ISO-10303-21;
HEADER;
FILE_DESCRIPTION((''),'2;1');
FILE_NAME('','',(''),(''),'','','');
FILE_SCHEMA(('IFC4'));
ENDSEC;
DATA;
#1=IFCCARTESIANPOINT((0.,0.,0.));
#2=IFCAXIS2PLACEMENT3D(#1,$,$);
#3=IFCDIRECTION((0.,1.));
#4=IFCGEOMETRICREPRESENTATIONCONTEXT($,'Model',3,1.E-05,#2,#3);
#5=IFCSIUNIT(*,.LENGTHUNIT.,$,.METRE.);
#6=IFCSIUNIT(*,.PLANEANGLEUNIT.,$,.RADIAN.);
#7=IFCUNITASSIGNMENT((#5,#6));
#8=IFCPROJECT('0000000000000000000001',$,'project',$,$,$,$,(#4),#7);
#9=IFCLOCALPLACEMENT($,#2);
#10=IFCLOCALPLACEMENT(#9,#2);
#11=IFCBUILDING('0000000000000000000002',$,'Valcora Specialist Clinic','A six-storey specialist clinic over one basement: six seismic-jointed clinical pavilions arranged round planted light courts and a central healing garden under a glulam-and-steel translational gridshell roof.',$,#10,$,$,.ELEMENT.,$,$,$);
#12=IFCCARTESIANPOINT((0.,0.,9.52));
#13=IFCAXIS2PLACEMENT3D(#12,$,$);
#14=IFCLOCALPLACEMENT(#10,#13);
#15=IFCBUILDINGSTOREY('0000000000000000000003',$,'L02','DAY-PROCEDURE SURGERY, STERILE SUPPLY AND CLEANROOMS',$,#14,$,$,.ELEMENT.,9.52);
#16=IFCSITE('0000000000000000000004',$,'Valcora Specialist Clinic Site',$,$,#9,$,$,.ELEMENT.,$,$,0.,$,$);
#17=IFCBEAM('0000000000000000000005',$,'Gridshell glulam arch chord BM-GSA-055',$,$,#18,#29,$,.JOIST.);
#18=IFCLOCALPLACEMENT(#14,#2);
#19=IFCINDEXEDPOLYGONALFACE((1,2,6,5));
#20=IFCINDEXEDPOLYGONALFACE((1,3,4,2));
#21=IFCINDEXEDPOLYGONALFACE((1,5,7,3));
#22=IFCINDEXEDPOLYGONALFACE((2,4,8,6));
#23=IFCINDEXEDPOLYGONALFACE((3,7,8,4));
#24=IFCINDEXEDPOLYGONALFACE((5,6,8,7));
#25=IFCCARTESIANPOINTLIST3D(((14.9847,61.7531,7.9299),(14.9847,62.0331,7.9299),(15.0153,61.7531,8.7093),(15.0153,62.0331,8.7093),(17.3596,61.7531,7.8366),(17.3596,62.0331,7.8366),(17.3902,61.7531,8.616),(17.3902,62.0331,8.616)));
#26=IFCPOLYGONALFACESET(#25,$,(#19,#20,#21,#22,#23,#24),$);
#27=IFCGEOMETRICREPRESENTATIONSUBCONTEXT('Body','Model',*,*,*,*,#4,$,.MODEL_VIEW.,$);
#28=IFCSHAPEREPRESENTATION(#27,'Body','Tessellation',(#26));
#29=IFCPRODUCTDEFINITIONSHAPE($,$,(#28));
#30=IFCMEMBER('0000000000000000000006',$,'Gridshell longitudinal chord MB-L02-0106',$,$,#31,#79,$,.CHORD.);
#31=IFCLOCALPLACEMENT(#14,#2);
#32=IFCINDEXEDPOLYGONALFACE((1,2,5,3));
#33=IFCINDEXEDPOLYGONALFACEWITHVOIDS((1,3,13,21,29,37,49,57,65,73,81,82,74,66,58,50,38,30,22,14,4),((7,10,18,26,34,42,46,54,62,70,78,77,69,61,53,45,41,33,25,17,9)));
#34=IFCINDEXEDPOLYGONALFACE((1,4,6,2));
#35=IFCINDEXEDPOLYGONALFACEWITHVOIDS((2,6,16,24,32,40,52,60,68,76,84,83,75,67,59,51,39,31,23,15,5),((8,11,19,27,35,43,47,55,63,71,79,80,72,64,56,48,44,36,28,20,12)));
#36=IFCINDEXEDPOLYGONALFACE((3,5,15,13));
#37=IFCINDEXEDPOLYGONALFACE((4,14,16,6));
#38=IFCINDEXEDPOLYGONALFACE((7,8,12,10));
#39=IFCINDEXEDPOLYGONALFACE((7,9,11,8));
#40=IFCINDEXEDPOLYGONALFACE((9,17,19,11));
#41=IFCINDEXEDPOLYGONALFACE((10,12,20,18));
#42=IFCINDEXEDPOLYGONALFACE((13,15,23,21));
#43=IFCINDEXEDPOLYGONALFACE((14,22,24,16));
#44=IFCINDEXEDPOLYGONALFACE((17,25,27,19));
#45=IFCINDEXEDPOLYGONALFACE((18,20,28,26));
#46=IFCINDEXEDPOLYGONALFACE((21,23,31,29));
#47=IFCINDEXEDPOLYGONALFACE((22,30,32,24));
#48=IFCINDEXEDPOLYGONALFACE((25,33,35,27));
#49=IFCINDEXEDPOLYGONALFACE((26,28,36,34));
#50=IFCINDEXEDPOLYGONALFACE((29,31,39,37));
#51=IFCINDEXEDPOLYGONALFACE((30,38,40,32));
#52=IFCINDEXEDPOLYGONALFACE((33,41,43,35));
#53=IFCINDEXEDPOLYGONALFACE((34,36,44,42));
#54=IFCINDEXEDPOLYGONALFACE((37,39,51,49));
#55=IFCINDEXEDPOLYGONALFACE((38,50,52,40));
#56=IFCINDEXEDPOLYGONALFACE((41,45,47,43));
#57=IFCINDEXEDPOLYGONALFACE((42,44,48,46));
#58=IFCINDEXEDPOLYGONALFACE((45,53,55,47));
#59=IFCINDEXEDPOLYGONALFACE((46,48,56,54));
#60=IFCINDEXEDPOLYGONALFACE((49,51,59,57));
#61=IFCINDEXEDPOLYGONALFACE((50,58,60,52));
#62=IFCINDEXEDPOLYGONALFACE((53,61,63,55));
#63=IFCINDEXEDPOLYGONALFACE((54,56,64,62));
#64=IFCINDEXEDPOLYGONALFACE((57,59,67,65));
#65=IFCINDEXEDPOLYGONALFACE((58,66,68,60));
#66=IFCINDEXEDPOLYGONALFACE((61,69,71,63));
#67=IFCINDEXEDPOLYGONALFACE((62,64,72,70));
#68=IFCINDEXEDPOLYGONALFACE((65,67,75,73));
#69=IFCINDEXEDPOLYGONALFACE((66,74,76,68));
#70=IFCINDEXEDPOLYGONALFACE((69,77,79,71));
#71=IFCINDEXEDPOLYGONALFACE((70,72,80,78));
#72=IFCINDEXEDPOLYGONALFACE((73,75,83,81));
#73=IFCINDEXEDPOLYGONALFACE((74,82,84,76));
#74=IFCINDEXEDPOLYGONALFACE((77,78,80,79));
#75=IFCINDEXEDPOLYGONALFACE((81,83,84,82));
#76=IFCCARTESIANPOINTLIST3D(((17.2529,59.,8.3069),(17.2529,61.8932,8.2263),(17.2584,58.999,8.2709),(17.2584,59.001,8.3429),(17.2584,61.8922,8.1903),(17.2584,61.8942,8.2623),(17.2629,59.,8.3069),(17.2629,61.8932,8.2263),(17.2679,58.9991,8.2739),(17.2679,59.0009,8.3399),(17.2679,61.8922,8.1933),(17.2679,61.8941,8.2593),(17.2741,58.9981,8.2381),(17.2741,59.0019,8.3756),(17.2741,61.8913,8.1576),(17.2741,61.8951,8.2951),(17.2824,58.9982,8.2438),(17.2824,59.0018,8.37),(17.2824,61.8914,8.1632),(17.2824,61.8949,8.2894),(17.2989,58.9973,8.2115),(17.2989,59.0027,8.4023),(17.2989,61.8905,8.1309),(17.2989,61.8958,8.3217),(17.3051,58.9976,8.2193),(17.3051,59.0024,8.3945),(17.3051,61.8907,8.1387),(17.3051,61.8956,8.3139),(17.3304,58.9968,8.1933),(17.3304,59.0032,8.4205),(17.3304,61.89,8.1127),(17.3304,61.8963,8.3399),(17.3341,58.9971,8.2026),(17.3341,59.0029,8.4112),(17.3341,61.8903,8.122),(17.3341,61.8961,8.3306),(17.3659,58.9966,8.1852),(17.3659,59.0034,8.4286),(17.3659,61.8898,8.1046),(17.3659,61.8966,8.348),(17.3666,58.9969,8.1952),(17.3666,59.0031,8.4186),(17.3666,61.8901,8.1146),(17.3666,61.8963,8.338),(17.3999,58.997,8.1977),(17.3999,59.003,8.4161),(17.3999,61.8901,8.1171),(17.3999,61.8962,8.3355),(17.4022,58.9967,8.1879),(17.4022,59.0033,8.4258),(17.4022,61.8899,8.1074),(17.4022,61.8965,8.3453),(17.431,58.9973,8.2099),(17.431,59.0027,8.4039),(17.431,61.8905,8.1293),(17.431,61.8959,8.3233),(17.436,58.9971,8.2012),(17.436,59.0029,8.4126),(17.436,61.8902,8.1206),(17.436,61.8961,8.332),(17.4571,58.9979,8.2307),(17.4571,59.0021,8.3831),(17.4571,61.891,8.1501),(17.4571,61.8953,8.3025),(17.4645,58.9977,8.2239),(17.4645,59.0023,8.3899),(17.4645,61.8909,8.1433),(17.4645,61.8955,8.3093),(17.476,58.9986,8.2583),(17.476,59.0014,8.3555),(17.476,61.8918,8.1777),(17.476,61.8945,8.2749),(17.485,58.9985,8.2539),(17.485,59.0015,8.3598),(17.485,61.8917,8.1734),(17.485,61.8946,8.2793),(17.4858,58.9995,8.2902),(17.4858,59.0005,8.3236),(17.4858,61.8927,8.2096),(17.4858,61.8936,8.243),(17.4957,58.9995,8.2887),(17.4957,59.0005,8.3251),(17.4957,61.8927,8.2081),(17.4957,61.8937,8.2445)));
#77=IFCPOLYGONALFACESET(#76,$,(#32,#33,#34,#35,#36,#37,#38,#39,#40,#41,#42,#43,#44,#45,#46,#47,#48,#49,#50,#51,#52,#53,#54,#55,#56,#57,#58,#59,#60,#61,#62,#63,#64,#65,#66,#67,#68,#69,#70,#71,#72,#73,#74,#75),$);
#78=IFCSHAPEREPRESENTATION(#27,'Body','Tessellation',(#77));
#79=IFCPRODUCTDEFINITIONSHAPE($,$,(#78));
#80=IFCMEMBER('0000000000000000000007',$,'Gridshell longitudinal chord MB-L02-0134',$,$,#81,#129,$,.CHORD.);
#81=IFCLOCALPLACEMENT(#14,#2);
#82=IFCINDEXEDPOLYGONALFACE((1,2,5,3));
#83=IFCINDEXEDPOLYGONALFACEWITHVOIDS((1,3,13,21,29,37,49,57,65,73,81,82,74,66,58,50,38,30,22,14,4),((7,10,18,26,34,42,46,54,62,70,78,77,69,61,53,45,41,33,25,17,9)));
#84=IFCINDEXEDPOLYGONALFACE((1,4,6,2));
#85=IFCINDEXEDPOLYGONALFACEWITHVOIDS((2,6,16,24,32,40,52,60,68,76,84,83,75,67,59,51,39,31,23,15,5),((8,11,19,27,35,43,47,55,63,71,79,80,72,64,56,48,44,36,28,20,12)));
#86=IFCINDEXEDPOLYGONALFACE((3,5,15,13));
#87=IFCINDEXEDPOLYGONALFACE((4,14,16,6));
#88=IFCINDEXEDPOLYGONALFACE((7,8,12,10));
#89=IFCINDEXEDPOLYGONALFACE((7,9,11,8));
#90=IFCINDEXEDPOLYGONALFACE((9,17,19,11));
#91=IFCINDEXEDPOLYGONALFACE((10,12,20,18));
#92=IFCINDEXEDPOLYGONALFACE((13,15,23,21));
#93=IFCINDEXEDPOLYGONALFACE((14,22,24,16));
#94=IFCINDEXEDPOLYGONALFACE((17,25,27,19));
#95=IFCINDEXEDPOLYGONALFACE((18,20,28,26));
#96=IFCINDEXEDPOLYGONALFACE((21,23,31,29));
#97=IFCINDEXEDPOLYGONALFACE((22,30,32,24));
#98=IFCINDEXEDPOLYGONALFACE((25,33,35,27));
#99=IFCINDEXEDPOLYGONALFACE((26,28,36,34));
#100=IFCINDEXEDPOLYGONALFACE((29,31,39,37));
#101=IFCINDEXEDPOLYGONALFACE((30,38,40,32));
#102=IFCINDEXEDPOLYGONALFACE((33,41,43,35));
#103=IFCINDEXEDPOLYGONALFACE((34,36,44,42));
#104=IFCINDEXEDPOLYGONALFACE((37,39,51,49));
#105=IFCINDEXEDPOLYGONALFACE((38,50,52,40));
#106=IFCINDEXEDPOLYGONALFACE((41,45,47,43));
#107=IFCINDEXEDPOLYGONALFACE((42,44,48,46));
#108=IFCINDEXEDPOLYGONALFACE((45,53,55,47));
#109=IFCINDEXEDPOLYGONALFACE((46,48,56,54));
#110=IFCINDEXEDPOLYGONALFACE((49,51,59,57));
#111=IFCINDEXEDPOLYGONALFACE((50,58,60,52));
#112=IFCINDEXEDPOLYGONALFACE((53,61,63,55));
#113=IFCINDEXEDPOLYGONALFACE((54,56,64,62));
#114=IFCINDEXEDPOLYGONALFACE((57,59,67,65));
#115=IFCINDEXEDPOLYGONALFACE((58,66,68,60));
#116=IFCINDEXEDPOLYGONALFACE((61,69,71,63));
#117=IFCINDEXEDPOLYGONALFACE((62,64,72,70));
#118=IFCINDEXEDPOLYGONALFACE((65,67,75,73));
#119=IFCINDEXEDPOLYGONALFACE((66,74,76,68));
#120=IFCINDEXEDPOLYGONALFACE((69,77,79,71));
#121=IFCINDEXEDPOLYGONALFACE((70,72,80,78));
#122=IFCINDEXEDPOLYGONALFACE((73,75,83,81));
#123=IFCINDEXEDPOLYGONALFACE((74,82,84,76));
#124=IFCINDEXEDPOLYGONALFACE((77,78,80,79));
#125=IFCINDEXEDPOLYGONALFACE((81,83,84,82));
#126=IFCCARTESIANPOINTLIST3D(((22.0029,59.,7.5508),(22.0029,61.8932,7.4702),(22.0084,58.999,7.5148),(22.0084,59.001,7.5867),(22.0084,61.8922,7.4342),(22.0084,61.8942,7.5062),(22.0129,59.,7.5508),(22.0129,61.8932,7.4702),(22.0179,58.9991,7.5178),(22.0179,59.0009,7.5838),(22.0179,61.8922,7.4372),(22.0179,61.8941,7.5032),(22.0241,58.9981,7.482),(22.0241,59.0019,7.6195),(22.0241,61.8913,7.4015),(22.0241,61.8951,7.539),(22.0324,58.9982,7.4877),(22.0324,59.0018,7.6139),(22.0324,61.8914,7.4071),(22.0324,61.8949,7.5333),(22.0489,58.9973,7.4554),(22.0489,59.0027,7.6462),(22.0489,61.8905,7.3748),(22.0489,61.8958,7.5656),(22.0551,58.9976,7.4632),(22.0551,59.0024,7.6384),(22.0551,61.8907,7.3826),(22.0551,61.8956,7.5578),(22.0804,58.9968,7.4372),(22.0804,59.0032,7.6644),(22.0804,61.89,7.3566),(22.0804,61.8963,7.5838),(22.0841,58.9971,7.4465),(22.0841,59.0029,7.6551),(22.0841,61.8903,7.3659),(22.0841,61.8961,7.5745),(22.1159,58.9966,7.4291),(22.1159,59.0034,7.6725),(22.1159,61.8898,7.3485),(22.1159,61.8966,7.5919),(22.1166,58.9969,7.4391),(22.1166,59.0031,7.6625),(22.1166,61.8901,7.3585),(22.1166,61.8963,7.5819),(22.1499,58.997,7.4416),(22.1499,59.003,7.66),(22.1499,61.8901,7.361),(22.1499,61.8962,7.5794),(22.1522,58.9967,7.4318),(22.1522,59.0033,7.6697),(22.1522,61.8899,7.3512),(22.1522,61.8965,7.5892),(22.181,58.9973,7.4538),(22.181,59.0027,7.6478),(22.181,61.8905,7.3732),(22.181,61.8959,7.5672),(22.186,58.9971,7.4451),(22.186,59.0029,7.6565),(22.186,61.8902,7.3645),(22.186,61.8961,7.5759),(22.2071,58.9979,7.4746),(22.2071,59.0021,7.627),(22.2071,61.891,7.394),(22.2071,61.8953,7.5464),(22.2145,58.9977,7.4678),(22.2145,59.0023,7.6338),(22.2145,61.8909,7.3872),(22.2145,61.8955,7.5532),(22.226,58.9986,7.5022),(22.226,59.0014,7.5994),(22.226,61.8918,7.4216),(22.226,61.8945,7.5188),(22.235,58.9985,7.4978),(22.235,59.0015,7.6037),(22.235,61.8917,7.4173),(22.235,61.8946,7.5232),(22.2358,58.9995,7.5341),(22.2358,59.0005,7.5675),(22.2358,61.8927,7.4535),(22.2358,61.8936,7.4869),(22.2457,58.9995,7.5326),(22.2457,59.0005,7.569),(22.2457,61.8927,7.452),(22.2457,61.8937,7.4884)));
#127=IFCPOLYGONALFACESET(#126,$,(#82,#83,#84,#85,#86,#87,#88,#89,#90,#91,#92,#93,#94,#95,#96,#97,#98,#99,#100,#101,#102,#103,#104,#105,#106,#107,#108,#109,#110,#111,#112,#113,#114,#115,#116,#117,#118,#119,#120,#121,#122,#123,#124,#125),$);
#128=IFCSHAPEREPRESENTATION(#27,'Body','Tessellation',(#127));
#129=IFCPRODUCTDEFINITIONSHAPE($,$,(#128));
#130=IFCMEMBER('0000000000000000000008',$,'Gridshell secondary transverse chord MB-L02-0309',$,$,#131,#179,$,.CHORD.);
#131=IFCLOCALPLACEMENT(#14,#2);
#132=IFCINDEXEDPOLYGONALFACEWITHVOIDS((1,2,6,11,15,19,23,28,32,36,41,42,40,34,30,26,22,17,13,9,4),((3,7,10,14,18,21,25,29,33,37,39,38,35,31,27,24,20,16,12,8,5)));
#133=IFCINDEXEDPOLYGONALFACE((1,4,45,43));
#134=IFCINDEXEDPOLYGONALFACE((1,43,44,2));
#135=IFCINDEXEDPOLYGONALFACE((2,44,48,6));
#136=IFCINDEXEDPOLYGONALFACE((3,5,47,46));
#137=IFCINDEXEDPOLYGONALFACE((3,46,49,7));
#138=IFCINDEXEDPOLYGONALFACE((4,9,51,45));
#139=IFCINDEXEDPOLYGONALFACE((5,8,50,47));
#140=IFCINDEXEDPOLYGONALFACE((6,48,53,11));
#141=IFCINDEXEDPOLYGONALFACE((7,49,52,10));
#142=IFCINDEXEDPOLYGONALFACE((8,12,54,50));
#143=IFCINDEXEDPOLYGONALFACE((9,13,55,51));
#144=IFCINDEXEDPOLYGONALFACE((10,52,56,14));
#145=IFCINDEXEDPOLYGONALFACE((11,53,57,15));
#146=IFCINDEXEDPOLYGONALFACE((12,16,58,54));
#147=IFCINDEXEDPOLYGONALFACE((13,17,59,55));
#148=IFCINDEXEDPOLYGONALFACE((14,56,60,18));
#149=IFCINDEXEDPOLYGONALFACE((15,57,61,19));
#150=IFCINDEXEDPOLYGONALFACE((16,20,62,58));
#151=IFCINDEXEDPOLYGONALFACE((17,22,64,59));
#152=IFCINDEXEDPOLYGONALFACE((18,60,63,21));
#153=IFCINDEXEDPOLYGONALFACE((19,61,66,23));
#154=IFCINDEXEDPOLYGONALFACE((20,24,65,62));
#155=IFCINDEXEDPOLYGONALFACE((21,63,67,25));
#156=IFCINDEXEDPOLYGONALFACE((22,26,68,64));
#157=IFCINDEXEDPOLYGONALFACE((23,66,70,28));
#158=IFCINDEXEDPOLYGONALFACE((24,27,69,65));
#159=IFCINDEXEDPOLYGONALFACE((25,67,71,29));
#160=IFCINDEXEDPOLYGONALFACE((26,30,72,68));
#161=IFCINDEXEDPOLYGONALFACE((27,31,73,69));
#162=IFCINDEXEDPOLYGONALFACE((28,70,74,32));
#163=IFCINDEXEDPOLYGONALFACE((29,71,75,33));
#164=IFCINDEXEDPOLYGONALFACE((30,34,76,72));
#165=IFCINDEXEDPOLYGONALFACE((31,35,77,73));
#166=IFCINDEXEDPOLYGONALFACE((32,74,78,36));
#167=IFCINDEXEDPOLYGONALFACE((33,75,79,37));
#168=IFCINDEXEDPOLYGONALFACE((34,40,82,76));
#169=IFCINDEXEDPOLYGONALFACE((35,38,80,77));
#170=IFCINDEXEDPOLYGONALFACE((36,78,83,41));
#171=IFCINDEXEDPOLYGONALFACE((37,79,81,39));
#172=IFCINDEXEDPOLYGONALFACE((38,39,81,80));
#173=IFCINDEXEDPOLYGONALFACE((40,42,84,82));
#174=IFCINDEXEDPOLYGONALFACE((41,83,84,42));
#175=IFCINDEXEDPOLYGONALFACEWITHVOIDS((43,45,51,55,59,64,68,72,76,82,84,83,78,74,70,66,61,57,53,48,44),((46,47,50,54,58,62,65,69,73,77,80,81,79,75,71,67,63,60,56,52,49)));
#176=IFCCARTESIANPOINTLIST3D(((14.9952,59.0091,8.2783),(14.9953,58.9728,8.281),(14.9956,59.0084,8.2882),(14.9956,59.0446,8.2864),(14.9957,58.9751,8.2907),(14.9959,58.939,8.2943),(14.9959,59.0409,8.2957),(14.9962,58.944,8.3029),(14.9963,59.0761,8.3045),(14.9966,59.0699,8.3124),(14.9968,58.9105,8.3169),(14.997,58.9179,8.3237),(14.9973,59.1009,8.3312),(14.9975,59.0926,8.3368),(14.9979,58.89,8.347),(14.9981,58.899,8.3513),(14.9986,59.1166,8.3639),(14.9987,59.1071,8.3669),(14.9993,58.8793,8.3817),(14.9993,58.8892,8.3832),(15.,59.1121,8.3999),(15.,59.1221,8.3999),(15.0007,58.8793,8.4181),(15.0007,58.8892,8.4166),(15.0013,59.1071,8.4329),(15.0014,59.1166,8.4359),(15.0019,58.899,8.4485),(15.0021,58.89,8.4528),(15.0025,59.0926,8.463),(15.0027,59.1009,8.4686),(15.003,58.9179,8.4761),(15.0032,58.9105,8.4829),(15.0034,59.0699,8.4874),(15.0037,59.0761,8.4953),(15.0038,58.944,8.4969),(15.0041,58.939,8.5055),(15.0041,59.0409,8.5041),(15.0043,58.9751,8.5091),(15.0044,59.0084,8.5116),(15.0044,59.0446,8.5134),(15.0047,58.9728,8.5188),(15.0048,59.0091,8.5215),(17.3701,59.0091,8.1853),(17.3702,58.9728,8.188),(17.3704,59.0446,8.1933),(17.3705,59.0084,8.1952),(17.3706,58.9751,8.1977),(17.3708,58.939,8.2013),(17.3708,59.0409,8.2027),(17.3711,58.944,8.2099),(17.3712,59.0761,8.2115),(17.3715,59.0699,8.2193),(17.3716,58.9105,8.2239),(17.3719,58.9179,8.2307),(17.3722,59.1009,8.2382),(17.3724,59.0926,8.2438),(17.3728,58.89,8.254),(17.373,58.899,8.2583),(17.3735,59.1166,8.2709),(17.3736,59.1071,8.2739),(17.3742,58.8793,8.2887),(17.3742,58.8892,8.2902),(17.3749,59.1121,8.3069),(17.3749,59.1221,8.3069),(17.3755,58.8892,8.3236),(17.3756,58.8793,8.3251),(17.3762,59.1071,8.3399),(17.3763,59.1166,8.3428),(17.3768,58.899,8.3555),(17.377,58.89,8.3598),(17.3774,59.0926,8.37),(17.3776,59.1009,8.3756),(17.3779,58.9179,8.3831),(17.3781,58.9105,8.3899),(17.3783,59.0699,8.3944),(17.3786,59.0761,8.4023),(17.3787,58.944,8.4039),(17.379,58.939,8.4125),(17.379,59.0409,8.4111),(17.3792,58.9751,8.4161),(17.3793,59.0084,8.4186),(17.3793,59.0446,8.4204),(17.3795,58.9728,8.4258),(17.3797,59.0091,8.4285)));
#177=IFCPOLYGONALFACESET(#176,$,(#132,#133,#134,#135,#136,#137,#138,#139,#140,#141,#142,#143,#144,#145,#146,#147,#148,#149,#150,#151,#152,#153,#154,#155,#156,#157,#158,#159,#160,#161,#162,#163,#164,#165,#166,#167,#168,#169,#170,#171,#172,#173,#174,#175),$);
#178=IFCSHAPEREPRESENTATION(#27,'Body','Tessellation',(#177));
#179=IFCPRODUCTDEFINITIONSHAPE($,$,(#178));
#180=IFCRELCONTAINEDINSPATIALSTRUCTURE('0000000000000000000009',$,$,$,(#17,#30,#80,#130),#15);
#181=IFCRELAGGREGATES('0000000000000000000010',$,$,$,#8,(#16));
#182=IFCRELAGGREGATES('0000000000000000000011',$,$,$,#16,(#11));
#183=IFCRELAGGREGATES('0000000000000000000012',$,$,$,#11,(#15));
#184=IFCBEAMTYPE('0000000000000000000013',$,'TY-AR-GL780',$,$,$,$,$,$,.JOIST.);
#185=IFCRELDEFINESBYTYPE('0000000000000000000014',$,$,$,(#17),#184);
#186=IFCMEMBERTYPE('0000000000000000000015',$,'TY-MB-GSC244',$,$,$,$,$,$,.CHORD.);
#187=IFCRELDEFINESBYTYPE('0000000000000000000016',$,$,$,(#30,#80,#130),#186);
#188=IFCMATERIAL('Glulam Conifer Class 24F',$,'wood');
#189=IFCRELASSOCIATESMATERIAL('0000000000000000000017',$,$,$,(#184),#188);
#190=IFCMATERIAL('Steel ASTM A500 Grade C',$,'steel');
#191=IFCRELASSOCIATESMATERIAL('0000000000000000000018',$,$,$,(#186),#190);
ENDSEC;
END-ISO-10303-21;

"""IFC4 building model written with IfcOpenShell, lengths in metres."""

from ifc_helpers import new_model, si_unit, direction, frame, origin, origin_2d, place, context, subcontext, project, spatial, rectangle, hollow_circle, extrude, material, material_profile, profile_set, type_object, element, save


model = new_model("IFC4")

# Units and contexts
model_context = context("Model", 3, precision=1e-05, world=origin(), true_north=direction((0.0, 1.0)))
body_context = subcontext(model_context, "Body", "Model", "MODEL_VIEW")
ifc_project = project(units=[si_unit("LENGTHUNIT", "METRE"), si_unit("PLANEANGLEUNIT", "RADIAN")], contexts=[model_context])

# Site, building, storey
site_placement = place(None, origin())
site = spatial("IfcSite", under=ifc_project, at=site_placement, Name="Valcora Specialist Clinic Site", CompositionType="ELEMENT", RefElevation=0.0)
building_placement = place(site_placement, origin())
building = spatial("IfcBuilding", under=site, at=building_placement, Name="Valcora Specialist Clinic", Description="A six-storey specialist clinic over one basement: six seismic-jointed clinical pavilions arranged round planted light courts and a central healing garden under a glulam-and-steel translational gridshell roof.", CompositionType="ELEMENT")
storey_placement = place(building_placement, frame((0.0, 0.0, 9.52)))
storey = spatial("IfcBuildingStorey", under=building, at=storey_placement, Name="L02", Description="DAY-PROCEDURE SURGERY, STERILE SUPPLY AND CLEANROOMS", CompositionType="ELEMENT", Elevation=9.52)

# Beam
ifc_material_1 = material(Name="Glulam Conifer Class 24F", Category="wood")
ifc_material_profile_1 = material_profile(ifc_material_1, rectangle(XDim=0.28, YDim=0.78, at=origin_2d()), Name="GL-ARC-280X780")
ifc_profile_set_1 = profile_set([ifc_material_profile_1], Name="Glulam Conifer Class 24F")
beam_type = type_object("IfcBeamType", Name="TY-AR-GL780", PredefinedType="JOIST", material=ifc_profile_set_1)
beam_placement = place(storey_placement, frame((15.0, 61.8931, 8.3196), z_axis=(0.99923, 0.0, -0.039238), x_axis=(0.0, 1.0, 0.0)))
element("IfcBeam", 1, at=beam_placement, inside=storey, type_object=beam_type, Name="Gridshell glulam arch chord BM-GSA-055", PredefinedType="JOIST", context=body_context, shape_type="SweptSolid", body=[
    extrude(rectangle(XDim=0.28, YDim=0.78, at=origin_2d()), origin(), (0.0, 0.0, 1.0), 2.3767),
])

# Members
ifc_material_2 = material(Name="Steel ASTM A500 Grade C", Category="steel")
ifc_material_profile_2 = material_profile(ifc_material_2, hollow_circle(Radius=0.1221, WallThickness=0.01, at=origin_2d()), Name="ST-CHS-244X10")
ifc_profile_set_2 = profile_set([ifc_material_profile_2], Name="Steel ASTM A500 Grade C")
member_type_1 = type_object("IfcMemberType", Name="TY-MB-GSC244", PredefinedType="CHORD", material=ifc_profile_set_2)
for number, where, z_axis, x_axis, name in (
    (2, (17.375, 59.0, 8.3069), (0.0, 0.999612, -0.027837), (-1.0, 0.0, 0.0), "Gridshell longitudinal chord MB-L02-0106"),
    (3, (22.125, 59.0, 7.5508), (0.0, 0.999612, -0.027837), (-1.0, 0.0, 0.0), "Gridshell longitudinal chord MB-L02-0134"),
):
    element("IfcMember", number, at=place(storey_placement, frame(where, z_axis=z_axis, x_axis=x_axis)), inside=storey, type_object=member_type_1, Name=name, PredefinedType="CHORD", context=body_context, shape_type="SweptSolid", body=[
        extrude(hollow_circle(Radius=0.1221, WallThickness=0.01, at=origin_2d()), origin(), (0.0, 0.0, 1.0), 2.8943),
    ])
member_1_placement = place(storey_placement, frame((15.0, 59.0, 8.3999), z_axis=(0.999234, 0.0, -0.039135), x_axis=(0.0, 1.0, 0.0)))
element("IfcMember", 4, at=member_1_placement, inside=storey, type_object=member_type_1, Name="Gridshell secondary transverse chord MB-L02-0309", PredefinedType="CHORD", context=body_context, shape_type="SweptSolid", body=[
    extrude(hollow_circle(Radius=0.1221, WallThickness=0.01, at=origin_2d()), origin(), (0.0, 0.0, 1.0), 2.3767),
])

save(model, "model.ifc")
